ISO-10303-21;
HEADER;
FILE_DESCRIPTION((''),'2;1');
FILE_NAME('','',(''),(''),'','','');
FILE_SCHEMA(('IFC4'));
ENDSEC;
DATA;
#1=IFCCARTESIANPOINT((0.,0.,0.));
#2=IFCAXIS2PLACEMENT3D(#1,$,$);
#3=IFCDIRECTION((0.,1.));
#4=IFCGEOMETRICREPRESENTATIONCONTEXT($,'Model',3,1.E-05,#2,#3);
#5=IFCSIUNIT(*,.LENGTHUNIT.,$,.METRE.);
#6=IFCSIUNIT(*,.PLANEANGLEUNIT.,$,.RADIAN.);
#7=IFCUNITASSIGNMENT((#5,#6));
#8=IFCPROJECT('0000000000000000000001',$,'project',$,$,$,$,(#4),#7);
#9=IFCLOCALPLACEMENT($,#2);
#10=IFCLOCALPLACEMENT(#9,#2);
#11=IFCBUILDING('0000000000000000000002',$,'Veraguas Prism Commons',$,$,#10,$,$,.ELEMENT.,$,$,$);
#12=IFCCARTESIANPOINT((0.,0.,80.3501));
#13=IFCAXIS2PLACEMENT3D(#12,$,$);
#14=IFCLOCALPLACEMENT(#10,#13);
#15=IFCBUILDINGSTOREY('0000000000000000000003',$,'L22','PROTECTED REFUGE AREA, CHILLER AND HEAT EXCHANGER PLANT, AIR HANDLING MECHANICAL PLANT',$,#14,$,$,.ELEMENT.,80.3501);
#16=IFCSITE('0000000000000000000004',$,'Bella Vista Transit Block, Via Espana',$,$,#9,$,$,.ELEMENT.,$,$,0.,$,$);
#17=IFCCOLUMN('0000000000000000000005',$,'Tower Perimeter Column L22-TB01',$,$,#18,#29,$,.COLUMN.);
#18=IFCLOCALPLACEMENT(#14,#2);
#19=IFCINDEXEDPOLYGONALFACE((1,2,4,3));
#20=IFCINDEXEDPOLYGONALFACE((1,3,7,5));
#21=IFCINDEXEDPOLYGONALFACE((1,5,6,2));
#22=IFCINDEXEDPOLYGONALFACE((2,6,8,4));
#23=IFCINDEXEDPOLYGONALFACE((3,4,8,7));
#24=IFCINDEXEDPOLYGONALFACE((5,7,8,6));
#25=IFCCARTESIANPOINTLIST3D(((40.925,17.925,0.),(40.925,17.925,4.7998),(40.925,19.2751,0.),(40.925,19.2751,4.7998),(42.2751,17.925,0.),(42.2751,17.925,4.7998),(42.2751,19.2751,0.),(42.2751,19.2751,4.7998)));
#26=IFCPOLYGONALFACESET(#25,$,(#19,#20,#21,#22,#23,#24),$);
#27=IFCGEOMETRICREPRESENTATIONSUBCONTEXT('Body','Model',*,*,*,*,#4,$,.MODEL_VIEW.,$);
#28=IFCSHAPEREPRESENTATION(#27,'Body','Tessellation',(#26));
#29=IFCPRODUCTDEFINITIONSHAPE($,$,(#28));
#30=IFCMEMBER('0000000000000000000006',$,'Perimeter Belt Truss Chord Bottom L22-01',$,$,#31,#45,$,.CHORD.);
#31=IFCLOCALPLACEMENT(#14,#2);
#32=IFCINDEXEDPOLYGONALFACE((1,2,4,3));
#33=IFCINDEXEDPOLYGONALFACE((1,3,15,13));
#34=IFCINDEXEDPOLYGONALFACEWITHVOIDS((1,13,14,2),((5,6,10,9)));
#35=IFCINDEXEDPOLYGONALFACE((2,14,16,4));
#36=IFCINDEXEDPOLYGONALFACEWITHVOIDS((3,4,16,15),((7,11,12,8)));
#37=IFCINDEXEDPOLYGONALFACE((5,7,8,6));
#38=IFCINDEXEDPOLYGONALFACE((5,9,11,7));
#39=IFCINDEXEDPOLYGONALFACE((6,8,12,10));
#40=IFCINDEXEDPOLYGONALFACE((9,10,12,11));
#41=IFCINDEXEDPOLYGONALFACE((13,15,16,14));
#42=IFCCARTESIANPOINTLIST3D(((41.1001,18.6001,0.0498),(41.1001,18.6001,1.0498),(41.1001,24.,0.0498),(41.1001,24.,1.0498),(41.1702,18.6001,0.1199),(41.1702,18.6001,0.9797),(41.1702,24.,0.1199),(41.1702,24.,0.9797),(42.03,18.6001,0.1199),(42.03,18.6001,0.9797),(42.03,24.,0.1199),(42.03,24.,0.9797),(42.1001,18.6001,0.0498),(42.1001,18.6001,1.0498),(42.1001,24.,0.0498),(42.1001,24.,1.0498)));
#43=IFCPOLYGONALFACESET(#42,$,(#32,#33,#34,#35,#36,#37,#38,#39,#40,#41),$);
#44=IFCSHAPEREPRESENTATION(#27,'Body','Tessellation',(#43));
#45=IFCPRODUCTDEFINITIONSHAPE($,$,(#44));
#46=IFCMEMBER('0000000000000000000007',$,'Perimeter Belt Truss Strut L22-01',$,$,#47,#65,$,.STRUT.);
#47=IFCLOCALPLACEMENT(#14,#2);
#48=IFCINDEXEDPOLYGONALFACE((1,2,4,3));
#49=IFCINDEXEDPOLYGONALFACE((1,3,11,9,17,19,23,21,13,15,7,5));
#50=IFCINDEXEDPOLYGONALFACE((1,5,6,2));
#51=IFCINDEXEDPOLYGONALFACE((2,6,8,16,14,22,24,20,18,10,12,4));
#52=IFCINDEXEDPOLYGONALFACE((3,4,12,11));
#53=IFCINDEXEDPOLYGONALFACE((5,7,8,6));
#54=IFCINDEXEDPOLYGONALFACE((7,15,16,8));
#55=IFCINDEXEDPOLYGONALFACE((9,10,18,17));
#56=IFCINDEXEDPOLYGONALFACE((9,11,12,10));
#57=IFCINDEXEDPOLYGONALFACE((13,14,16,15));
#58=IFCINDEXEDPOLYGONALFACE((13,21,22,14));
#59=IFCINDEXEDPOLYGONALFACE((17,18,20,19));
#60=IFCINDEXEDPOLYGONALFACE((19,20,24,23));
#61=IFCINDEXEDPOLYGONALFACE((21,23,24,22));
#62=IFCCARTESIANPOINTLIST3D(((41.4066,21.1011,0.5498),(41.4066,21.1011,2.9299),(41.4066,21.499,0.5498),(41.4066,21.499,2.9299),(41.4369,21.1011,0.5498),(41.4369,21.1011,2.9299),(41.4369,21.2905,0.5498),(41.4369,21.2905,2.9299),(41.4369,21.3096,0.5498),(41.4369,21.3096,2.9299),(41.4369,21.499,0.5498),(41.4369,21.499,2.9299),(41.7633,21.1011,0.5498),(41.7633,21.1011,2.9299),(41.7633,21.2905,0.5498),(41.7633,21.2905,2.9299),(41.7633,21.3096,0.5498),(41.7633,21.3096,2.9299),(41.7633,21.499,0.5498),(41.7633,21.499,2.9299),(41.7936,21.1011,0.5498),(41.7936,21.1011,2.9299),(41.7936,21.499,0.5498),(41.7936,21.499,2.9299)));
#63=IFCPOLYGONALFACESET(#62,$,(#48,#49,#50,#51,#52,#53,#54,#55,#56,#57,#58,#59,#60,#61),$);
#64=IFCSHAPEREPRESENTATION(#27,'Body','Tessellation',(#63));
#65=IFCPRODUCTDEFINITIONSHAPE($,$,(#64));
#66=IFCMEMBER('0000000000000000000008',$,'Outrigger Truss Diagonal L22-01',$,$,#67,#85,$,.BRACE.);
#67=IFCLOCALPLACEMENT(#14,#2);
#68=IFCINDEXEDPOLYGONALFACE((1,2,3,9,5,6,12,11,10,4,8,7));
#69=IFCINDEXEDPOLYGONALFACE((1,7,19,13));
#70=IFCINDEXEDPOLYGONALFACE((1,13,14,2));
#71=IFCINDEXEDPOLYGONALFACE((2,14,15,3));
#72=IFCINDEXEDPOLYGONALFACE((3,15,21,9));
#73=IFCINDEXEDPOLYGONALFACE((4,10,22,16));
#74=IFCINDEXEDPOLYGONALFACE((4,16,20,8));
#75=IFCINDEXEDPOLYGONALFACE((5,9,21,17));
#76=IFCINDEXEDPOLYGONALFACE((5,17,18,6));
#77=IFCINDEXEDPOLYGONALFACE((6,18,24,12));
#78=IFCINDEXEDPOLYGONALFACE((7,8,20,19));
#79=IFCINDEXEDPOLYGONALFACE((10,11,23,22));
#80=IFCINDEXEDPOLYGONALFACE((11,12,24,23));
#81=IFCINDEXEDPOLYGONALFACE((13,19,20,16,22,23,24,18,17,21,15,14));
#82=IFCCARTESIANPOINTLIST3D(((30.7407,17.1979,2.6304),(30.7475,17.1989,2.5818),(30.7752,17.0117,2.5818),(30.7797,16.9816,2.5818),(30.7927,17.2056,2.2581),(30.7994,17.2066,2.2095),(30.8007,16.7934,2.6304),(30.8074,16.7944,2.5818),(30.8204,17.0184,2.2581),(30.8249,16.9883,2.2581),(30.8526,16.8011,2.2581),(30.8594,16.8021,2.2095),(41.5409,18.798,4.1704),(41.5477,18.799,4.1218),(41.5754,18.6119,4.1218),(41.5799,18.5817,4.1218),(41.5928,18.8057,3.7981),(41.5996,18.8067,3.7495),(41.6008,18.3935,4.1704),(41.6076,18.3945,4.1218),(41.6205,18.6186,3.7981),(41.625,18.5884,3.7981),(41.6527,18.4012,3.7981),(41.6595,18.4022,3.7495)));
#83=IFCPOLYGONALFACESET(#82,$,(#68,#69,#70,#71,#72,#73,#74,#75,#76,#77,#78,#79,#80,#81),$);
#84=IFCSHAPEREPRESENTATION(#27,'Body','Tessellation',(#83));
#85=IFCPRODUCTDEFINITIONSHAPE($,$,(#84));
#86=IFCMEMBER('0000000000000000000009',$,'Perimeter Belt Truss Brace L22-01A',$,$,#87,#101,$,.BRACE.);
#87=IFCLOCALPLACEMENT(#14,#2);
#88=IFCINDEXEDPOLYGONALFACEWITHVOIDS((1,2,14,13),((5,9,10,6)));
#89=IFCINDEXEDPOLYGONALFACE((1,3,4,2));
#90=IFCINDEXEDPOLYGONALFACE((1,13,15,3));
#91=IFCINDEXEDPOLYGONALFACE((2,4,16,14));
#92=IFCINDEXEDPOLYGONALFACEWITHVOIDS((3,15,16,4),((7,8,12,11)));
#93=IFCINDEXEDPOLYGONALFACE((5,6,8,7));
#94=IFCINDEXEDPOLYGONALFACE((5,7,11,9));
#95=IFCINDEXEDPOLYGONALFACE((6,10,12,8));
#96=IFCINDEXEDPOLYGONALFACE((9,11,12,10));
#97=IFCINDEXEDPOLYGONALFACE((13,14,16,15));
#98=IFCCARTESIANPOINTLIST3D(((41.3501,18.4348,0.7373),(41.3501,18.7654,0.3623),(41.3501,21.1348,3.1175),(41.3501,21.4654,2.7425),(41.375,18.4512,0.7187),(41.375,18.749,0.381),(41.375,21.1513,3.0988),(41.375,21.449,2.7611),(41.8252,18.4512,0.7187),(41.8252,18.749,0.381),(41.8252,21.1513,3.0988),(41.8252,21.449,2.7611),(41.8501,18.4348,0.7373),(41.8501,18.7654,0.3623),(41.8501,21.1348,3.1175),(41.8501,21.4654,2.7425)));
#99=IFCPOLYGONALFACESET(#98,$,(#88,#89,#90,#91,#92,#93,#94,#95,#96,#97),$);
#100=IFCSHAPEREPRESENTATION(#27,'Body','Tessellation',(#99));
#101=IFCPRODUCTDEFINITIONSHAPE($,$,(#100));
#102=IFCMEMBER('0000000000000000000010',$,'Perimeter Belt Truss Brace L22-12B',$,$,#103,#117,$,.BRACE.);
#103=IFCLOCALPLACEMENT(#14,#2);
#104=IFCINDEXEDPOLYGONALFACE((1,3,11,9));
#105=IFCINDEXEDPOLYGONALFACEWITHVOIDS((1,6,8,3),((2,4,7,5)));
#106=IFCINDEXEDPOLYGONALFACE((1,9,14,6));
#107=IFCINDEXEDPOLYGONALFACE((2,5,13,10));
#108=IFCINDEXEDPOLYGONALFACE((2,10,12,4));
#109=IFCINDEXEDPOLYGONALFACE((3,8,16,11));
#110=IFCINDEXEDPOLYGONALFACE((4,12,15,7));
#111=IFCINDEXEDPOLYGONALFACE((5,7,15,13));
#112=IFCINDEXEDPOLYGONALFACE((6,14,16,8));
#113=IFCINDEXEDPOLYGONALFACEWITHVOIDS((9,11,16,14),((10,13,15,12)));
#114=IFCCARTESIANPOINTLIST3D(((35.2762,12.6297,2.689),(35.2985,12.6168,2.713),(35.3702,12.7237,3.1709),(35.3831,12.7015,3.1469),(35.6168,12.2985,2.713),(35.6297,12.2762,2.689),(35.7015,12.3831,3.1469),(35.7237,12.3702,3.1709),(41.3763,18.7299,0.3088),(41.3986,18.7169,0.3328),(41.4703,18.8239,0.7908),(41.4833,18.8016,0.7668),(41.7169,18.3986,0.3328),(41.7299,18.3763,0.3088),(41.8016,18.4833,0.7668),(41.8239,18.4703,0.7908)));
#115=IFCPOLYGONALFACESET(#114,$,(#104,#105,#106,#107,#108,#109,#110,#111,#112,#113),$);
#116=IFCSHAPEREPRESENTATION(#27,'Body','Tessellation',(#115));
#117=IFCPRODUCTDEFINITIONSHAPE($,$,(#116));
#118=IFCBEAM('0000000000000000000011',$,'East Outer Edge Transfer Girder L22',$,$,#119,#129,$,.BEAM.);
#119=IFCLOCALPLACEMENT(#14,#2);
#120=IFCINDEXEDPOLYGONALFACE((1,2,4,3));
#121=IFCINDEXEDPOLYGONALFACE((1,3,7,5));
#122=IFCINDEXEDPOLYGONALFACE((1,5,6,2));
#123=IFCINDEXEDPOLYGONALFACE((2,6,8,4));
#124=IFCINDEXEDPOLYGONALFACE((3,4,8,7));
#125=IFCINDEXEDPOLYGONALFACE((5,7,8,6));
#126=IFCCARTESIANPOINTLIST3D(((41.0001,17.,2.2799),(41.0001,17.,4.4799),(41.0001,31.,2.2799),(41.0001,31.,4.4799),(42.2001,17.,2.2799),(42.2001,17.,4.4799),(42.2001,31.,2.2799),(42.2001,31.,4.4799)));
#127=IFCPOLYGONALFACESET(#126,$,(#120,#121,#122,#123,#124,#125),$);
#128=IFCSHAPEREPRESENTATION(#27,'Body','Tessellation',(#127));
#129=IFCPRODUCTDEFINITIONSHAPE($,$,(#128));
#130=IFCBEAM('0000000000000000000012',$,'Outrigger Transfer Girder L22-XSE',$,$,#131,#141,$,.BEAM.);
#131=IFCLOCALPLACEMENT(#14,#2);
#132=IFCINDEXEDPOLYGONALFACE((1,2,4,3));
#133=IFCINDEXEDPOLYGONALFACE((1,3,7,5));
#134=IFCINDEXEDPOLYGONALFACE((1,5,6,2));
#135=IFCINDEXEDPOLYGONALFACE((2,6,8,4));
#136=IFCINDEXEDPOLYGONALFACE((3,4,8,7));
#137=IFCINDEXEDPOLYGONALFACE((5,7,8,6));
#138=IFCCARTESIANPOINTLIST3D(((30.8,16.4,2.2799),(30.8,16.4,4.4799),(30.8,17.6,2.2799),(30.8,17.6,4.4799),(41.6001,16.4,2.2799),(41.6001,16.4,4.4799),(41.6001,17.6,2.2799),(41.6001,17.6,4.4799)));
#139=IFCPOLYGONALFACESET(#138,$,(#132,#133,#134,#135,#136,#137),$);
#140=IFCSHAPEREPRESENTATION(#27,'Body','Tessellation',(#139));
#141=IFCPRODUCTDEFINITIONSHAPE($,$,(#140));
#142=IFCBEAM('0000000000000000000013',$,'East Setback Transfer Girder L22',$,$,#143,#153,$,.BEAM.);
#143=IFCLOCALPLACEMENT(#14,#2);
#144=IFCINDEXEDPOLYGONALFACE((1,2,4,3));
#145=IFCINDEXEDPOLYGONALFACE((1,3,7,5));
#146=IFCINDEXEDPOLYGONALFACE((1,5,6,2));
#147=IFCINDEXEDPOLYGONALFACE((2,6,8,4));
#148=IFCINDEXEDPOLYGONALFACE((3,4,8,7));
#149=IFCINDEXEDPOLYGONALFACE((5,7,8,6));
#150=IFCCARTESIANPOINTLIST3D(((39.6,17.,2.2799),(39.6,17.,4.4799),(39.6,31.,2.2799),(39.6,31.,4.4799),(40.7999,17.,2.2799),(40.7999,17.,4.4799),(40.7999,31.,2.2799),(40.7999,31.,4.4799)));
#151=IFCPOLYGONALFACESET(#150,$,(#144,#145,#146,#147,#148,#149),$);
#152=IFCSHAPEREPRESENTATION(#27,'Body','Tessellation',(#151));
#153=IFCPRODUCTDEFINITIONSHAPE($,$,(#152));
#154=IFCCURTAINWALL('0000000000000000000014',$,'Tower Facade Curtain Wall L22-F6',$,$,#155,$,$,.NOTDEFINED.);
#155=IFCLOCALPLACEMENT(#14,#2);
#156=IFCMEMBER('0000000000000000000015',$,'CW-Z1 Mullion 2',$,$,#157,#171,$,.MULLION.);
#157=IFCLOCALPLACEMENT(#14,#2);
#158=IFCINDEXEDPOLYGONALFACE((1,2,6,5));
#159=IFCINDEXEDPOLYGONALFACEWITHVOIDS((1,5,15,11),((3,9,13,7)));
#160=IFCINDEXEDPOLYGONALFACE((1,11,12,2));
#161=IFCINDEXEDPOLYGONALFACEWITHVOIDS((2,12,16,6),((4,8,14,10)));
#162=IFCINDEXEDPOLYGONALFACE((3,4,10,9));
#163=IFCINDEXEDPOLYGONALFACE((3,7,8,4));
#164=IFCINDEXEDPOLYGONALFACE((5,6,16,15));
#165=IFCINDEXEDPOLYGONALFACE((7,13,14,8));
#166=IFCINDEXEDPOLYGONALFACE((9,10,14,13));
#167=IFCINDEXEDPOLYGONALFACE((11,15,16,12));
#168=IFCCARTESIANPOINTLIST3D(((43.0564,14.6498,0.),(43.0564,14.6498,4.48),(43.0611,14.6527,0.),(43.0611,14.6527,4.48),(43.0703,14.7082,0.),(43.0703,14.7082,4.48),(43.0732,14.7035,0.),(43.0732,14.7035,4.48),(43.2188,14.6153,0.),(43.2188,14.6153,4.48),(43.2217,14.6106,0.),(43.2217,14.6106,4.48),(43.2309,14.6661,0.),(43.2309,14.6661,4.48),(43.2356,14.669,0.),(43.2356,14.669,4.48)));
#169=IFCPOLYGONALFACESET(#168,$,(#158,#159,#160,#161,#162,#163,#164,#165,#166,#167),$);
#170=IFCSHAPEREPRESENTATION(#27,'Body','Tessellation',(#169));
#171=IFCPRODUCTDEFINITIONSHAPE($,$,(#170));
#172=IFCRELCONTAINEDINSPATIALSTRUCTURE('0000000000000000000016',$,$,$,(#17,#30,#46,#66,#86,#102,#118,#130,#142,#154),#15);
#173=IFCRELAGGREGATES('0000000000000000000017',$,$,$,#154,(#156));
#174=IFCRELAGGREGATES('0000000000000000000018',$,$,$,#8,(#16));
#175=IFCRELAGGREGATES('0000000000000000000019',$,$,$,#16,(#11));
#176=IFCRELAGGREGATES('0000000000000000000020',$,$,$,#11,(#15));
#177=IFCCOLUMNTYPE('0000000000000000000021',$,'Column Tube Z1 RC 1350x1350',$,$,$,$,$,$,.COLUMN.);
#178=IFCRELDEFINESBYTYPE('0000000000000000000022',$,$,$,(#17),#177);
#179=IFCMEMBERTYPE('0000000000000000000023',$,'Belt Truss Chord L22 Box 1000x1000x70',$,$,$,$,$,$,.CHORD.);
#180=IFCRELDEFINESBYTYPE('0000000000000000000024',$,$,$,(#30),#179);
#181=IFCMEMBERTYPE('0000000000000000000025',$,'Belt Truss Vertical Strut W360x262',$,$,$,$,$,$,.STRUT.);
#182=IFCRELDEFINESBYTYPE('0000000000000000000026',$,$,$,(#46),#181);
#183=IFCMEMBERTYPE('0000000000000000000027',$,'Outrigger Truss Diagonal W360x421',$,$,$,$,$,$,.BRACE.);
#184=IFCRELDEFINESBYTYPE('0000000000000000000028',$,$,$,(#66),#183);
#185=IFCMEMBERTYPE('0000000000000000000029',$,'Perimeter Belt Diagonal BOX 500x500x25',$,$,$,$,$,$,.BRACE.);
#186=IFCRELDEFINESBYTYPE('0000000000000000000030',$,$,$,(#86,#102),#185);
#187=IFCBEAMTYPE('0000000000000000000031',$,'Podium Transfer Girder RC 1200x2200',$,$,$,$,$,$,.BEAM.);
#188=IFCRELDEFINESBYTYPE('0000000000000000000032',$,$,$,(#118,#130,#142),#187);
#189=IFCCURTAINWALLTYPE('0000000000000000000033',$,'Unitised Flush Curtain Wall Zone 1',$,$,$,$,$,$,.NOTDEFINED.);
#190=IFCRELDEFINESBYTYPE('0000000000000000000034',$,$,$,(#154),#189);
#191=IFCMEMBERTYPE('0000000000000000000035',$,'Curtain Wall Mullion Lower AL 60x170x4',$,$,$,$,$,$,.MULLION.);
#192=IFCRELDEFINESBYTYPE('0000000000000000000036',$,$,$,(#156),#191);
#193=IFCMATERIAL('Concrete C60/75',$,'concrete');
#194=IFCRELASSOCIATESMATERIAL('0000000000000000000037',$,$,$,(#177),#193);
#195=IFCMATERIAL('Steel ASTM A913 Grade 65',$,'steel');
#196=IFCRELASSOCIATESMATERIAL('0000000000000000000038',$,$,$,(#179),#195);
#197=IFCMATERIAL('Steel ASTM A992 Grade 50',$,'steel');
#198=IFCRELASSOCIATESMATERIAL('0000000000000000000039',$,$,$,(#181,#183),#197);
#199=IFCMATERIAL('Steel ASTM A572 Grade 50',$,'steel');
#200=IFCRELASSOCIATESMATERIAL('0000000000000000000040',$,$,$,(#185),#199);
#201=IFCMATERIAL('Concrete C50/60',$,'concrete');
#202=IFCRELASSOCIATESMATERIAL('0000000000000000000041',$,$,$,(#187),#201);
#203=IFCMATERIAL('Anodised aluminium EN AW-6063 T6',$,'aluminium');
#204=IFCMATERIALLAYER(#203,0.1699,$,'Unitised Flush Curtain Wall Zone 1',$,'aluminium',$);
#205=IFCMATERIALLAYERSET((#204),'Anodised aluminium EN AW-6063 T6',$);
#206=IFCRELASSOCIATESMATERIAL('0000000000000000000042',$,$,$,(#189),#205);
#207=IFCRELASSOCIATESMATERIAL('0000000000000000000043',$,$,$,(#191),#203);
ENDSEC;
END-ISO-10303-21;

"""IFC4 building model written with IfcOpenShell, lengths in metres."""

from ifc_helpers import new_model, si_unit, direction, frame, origin, origin_2d, place, context, subcontext, project, spatial, rectangle, hollow_rectangle, i_section, extrude, source, transform, mapped, material, layer, layer_set, material_profile, profile_set, type_object, element, aggregate, save


model = new_model("IFC4")

# Units and contexts
model_context = context("Model", 3, precision=1e-05, world=origin(), true_north=direction((0.0, 1.0)))
body_context = subcontext(model_context, "Body", "Model", "MODEL_VIEW")
ifc_project = project(units=[si_unit("LENGTHUNIT", "METRE"), si_unit("PLANEANGLEUNIT", "RADIAN")], contexts=[model_context])

# Site, building, storey
site_placement = place(None, origin())
site = spatial("IfcSite", under=ifc_project, at=site_placement, Name="Bella Vista Transit Block, Via Espana", CompositionType="ELEMENT", RefElevation=0.0)
building_placement = place(site_placement, origin())
building = spatial("IfcBuilding", under=site, at=building_placement, Name="Veraguas Prism Commons", CompositionType="ELEMENT")
storey_placement = place(building_placement, frame((0.0, 0.0, 80.3501)))
storey = spatial("IfcBuildingStorey", under=building, at=storey_placement, Name="L22", Description="PROTECTED REFUGE AREA, CHILLER AND HEAT EXCHANGER PLANT, AIR HANDLING MECHANICAL PLANT", CompositionType="ELEMENT", Elevation=80.3501)

# Column
ifc_material_1 = material(Name="Concrete C60/75", Category="concrete")
ifc_material_profile_1 = material_profile(ifc_material_1, rectangle(XDim=1.3501, YDim=1.3501, at=origin_2d()), Name="RC1350X1350")
ifc_profile_set_1 = profile_set([ifc_material_profile_1], Name="Concrete C60/75")
column_type = type_object("IfcColumnType", Name="Column Tube Z1 RC 1350x1350", PredefinedType="COLUMN", material=ifc_profile_set_1)
column_placement = place(storey_placement, frame((41.6001, 18.6001, 0.0), z_axis=(0.0, 0.0, 1.0), x_axis=(1.0, 0.0, 0.0)))
element("IfcColumn", 1, at=column_placement, inside=storey, type_object=column_type, Name="Tower Perimeter Column L22-TB01", PredefinedType="COLUMN", context=body_context, shape_type="SweptSolid", body=[
    extrude(rectangle(XDim=1.3501, YDim=1.3501, at=origin_2d()), origin(), (0.0, 0.0, 1.0), 4.7998),
])

# Members
ifc_material_2 = material(Name="Steel ASTM A913 Grade 65", Category="steel")
ifc_material_profile_2 = material_profile(ifc_material_2, hollow_rectangle(XDim=1.0, YDim=1.0, WallThickness=0.0701, at=origin_2d()), Name="BOX1000X1000X70")
ifc_profile_set_2 = profile_set([ifc_material_profile_2], Name="Steel ASTM A913 Grade 65")
member_type_1 = type_object("IfcMemberType", Name="Belt Truss Chord L22 Box 1000x1000x70", PredefinedType="CHORD", material=ifc_profile_set_2)
member_1_placement = place(storey_placement, frame((41.6001, 18.6001, 0.5498), z_axis=(0.0, 1.0, 0.0), x_axis=(-1.0, 0.0, 0.0)))
element("IfcMember", 2, at=member_1_placement, inside=storey, type_object=member_type_1, Name="Perimeter Belt Truss Chord Bottom L22-01", PredefinedType="CHORD", context=body_context, shape_type="SweptSolid", body=[
    extrude(hollow_rectangle(XDim=1.0, YDim=1.0, WallThickness=0.0701, at=origin_2d()), origin(), (0.0, 0.0, 1.0), 5.3999),
])
ifc_material_3 = material(Name="Steel ASTM A992 Grade 50", Category="steel")
ifc_material_profile_3 = material_profile(ifc_material_3, i_section(OverallWidth=0.3979, OverallDepth=0.387, WebThickness=0.019, FlangeThickness=0.0303, at=origin_2d()), Name="W360X262")
ifc_profile_set_3 = profile_set([ifc_material_profile_3], Name="Steel ASTM A992 Grade 50")
member_type_2 = type_object("IfcMemberType", Name="Belt Truss Vertical Strut W360x262", PredefinedType="STRUT", material=ifc_profile_set_3)
member_2_placement = place(storey_placement, frame((41.6001, 21.3, 0.5498), z_axis=(0.0, 0.0, 1.0), x_axis=(0.0, 1.0, 0.0)))
element("IfcMember", 3, at=member_2_placement, inside=storey, type_object=member_type_2, Name="Perimeter Belt Truss Strut L22-01", PredefinedType="STRUT", context=body_context, shape_type="SweptSolid", body=[
    extrude(i_section(OverallWidth=0.3979, OverallDepth=0.387, WebThickness=0.019, FlangeThickness=0.0303, at=origin_2d()), origin(), (0.0, 0.0, 1.0), 2.3801),
])
ifc_material_profile_4 = material_profile(ifc_material_3, i_section(OverallWidth=0.4089, OverallDepth=0.425, WebThickness=0.0305, FlangeThickness=0.0491, at=origin_2d()), Name="W360X421")
ifc_profile_set_4 = profile_set([ifc_material_profile_4], Name="Steel ASTM A992 Grade 50")
member_type_3 = type_object("IfcMemberType", Name="Outrigger Truss Diagonal W360x421", PredefinedType="BRACE", material=ifc_profile_set_4)
member_3_placement = place(storey_placement, frame((30.8, 17.0, 2.4199), z_axis=(0.979506, 0.14512, 0.139673), x_axis=(-0.146557, 0.989202, 0.0)))
element("IfcMember", 4, at=member_3_placement, inside=storey, type_object=member_type_3, Name="Outrigger Truss Diagonal L22-01", PredefinedType="BRACE", context=body_context, shape_type="SweptSolid", body=[
    extrude(i_section(OverallWidth=0.4089, OverallDepth=0.425, WebThickness=0.0305, FlangeThickness=0.0491, at=origin_2d()), origin(), (0.0, 0.0, 1.0), 11.0261),
])
ifc_material_4 = material(Name="Steel ASTM A572 Grade 50", Category="steel")
ifc_material_profile_5 = material_profile(ifc_material_4, hollow_rectangle(XDim=0.5, YDim=0.5, WallThickness=0.0249, at=origin_2d()), Name="BOX500X500X25")
ifc_profile_set_5 = profile_set([ifc_material_profile_5], Name="Steel ASTM A572 Grade 50")
member_type_4 = type_object("IfcMemberType", Name="Perimeter Belt Diagonal BOX 500x500x25", PredefinedType="BRACE", material=ifc_profile_set_5)
member_4_placement = place(storey_placement, frame((41.6001, 18.6001, 0.5498), z_axis=(0.0, 0.750139, 0.661281), x_axis=(-1.0, 0.0, 0.0)))
element("IfcMember", 5, at=member_4_placement, inside=storey, type_object=member_type_4, Name="Perimeter Belt Truss Brace L22-01A", PredefinedType="BRACE", context=body_context, shape_type="SweptSolid", body=[
    extrude(hollow_rectangle(XDim=0.5, YDim=0.5, WallThickness=0.0249, at=origin_2d()), origin(), (0.0, 0.0, 1.0), 3.5994),
])
member_5_placement = place(storey_placement, frame((41.6001, 18.6001, 0.5498), z_axis=(-0.681639, -0.681639, 0.265961), x_axis=(0.707107, -0.707107, 0.0)))
element("IfcMember", 6, at=member_5_placement, inside=storey, type_object=member_type_4, Name="Perimeter Belt Truss Brace L22-12B", PredefinedType="BRACE", context=body_context, shape_type="SweptSolid", body=[
    extrude(hollow_rectangle(XDim=0.5, YDim=0.5, WallThickness=0.0249, at=origin_2d()), origin(), (0.0, 0.0, 1.0), 8.9492),
])

# Beams
ifc_material_5 = material(Name="Concrete C50/60", Category="concrete")
ifc_material_profile_6 = material_profile(ifc_material_5, rectangle(XDim=1.2, YDim=2.2, at=origin_2d()), Name="RC1200X2200")
ifc_profile_set_6 = profile_set([ifc_material_profile_6], Name="Concrete C50/60")
beam_type = type_object("IfcBeamType", Name="Podium Transfer Girder RC 1200x2200", PredefinedType="BEAM", material=ifc_profile_set_6)
beam_1_placement = place(storey_placement, frame((41.6001, 17.0, 3.3799), z_axis=(0.0, 1.0, 0.0), x_axis=(-1.0, 0.0, 0.0)))
element("IfcBeam", 7, at=beam_1_placement, inside=storey, type_object=beam_type, Name="East Outer Edge Transfer Girder L22", PredefinedType="BEAM", context=body_context, shape_type="SweptSolid", body=[
    extrude(rectangle(XDim=1.2, YDim=2.2, at=origin_2d()), origin(), (0.0, 0.0, 1.0), 14.0),
])
beam_2_placement = place(storey_placement, frame((41.6001, 17.0, 3.3799), z_axis=(-1.0, 0.0, 0.0), x_axis=(0.0, -1.0, 0.0)))
element("IfcBeam", 8, at=beam_2_placement, inside=storey, type_object=beam_type, Name="Outrigger Transfer Girder L22-XSE", PredefinedType="BEAM", context=body_context, shape_type="SweptSolid", body=[
    extrude(rectangle(XDim=1.2, YDim=2.2, at=origin_2d()), origin(), (0.0, 0.0, 1.0), 10.8),
])
beam_3_placement = place(storey_placement, frame((40.2, 17.0, 3.3799), z_axis=(0.0, 1.0, 0.0), x_axis=(-1.0, 0.0, 0.0)))
element("IfcBeam", 9, at=beam_3_placement, inside=storey, type_object=beam_type, Name="East Setback Transfer Girder L22", PredefinedType="BEAM", context=body_context, shape_type="SweptSolid", body=[
    extrude(rectangle(XDim=1.2, YDim=2.2, at=origin_2d()), origin(), (0.0, 0.0, 1.0), 14.0),
])

# Curtain wall, member
ifc_material_6 = material(Name="Anodised aluminium EN AW-6063 T6", Category="aluminium")
ifc_layer_1 = layer(ifc_material_6, 0.1699, Name="Unitised Flush Curtain Wall Zone 1", Category="aluminium")
ifc_layer_set_1 = layer_set([ifc_layer_1], Name="Anodised aluminium EN AW-6063 T6")
curtain_wall_type = type_object("IfcCurtainWallType", Name="Unitised Flush Curtain Wall Zone 1", PredefinedType="NOTDEFINED", material=ifc_layer_set_1)
curtain_wall_placement = place(storey_placement, origin())
curtain_wall = element("IfcCurtainWall", 10, at=curtain_wall_placement, inside=storey, type_object=curtain_wall_type, Name="Tower Facade Curtain Wall L22-F6", PredefinedType="NOTDEFINED")
ifc_material_profile_7 = material_profile(ifc_material_6, hollow_rectangle(XDim=0.0601, YDim=0.1699, WallThickness=0.0039, at=origin_2d()), Name="AL60X170X4")
ifc_profile_set_7 = profile_set([ifc_material_profile_7], Name="Anodised aluminium EN AW-6063 T6")
member_type_5 = type_object("IfcMemberType", Name="Curtain Wall Mullion Lower AL 60x170x4", PredefinedType="MULLION", material=ifc_profile_set_7)
shared_shape_1 = source(origin(), body_context, "Body", "SweptSolid", [
    extrude(hollow_rectangle(XDim=0.0601, YDim=0.1699, WallThickness=0.0039, at=origin_2d()), origin(), (0.0, 0.0, 1.0), 4.48),
])
member_6_placement = place(storey_placement, frame((43.146, 14.6594, 0.0), z_axis=(0.0, 0.0, 1.0), x_axis=(0.230734, 0.973017, 0.0)))
member_6 = element("IfcMember", 11, at=member_6_placement, type_object=member_type_5, Name="CW-Z1 Mullion 2", PredefinedType="MULLION", context=body_context, shape_type="MappedRepresentation", body=[
    mapped(shared_shape_1, transform((0.0, 0.0, 0.0), scale=1.0)),
])

aggregate(curtain_wall, [member_6])

save(model, "model.ifc")
